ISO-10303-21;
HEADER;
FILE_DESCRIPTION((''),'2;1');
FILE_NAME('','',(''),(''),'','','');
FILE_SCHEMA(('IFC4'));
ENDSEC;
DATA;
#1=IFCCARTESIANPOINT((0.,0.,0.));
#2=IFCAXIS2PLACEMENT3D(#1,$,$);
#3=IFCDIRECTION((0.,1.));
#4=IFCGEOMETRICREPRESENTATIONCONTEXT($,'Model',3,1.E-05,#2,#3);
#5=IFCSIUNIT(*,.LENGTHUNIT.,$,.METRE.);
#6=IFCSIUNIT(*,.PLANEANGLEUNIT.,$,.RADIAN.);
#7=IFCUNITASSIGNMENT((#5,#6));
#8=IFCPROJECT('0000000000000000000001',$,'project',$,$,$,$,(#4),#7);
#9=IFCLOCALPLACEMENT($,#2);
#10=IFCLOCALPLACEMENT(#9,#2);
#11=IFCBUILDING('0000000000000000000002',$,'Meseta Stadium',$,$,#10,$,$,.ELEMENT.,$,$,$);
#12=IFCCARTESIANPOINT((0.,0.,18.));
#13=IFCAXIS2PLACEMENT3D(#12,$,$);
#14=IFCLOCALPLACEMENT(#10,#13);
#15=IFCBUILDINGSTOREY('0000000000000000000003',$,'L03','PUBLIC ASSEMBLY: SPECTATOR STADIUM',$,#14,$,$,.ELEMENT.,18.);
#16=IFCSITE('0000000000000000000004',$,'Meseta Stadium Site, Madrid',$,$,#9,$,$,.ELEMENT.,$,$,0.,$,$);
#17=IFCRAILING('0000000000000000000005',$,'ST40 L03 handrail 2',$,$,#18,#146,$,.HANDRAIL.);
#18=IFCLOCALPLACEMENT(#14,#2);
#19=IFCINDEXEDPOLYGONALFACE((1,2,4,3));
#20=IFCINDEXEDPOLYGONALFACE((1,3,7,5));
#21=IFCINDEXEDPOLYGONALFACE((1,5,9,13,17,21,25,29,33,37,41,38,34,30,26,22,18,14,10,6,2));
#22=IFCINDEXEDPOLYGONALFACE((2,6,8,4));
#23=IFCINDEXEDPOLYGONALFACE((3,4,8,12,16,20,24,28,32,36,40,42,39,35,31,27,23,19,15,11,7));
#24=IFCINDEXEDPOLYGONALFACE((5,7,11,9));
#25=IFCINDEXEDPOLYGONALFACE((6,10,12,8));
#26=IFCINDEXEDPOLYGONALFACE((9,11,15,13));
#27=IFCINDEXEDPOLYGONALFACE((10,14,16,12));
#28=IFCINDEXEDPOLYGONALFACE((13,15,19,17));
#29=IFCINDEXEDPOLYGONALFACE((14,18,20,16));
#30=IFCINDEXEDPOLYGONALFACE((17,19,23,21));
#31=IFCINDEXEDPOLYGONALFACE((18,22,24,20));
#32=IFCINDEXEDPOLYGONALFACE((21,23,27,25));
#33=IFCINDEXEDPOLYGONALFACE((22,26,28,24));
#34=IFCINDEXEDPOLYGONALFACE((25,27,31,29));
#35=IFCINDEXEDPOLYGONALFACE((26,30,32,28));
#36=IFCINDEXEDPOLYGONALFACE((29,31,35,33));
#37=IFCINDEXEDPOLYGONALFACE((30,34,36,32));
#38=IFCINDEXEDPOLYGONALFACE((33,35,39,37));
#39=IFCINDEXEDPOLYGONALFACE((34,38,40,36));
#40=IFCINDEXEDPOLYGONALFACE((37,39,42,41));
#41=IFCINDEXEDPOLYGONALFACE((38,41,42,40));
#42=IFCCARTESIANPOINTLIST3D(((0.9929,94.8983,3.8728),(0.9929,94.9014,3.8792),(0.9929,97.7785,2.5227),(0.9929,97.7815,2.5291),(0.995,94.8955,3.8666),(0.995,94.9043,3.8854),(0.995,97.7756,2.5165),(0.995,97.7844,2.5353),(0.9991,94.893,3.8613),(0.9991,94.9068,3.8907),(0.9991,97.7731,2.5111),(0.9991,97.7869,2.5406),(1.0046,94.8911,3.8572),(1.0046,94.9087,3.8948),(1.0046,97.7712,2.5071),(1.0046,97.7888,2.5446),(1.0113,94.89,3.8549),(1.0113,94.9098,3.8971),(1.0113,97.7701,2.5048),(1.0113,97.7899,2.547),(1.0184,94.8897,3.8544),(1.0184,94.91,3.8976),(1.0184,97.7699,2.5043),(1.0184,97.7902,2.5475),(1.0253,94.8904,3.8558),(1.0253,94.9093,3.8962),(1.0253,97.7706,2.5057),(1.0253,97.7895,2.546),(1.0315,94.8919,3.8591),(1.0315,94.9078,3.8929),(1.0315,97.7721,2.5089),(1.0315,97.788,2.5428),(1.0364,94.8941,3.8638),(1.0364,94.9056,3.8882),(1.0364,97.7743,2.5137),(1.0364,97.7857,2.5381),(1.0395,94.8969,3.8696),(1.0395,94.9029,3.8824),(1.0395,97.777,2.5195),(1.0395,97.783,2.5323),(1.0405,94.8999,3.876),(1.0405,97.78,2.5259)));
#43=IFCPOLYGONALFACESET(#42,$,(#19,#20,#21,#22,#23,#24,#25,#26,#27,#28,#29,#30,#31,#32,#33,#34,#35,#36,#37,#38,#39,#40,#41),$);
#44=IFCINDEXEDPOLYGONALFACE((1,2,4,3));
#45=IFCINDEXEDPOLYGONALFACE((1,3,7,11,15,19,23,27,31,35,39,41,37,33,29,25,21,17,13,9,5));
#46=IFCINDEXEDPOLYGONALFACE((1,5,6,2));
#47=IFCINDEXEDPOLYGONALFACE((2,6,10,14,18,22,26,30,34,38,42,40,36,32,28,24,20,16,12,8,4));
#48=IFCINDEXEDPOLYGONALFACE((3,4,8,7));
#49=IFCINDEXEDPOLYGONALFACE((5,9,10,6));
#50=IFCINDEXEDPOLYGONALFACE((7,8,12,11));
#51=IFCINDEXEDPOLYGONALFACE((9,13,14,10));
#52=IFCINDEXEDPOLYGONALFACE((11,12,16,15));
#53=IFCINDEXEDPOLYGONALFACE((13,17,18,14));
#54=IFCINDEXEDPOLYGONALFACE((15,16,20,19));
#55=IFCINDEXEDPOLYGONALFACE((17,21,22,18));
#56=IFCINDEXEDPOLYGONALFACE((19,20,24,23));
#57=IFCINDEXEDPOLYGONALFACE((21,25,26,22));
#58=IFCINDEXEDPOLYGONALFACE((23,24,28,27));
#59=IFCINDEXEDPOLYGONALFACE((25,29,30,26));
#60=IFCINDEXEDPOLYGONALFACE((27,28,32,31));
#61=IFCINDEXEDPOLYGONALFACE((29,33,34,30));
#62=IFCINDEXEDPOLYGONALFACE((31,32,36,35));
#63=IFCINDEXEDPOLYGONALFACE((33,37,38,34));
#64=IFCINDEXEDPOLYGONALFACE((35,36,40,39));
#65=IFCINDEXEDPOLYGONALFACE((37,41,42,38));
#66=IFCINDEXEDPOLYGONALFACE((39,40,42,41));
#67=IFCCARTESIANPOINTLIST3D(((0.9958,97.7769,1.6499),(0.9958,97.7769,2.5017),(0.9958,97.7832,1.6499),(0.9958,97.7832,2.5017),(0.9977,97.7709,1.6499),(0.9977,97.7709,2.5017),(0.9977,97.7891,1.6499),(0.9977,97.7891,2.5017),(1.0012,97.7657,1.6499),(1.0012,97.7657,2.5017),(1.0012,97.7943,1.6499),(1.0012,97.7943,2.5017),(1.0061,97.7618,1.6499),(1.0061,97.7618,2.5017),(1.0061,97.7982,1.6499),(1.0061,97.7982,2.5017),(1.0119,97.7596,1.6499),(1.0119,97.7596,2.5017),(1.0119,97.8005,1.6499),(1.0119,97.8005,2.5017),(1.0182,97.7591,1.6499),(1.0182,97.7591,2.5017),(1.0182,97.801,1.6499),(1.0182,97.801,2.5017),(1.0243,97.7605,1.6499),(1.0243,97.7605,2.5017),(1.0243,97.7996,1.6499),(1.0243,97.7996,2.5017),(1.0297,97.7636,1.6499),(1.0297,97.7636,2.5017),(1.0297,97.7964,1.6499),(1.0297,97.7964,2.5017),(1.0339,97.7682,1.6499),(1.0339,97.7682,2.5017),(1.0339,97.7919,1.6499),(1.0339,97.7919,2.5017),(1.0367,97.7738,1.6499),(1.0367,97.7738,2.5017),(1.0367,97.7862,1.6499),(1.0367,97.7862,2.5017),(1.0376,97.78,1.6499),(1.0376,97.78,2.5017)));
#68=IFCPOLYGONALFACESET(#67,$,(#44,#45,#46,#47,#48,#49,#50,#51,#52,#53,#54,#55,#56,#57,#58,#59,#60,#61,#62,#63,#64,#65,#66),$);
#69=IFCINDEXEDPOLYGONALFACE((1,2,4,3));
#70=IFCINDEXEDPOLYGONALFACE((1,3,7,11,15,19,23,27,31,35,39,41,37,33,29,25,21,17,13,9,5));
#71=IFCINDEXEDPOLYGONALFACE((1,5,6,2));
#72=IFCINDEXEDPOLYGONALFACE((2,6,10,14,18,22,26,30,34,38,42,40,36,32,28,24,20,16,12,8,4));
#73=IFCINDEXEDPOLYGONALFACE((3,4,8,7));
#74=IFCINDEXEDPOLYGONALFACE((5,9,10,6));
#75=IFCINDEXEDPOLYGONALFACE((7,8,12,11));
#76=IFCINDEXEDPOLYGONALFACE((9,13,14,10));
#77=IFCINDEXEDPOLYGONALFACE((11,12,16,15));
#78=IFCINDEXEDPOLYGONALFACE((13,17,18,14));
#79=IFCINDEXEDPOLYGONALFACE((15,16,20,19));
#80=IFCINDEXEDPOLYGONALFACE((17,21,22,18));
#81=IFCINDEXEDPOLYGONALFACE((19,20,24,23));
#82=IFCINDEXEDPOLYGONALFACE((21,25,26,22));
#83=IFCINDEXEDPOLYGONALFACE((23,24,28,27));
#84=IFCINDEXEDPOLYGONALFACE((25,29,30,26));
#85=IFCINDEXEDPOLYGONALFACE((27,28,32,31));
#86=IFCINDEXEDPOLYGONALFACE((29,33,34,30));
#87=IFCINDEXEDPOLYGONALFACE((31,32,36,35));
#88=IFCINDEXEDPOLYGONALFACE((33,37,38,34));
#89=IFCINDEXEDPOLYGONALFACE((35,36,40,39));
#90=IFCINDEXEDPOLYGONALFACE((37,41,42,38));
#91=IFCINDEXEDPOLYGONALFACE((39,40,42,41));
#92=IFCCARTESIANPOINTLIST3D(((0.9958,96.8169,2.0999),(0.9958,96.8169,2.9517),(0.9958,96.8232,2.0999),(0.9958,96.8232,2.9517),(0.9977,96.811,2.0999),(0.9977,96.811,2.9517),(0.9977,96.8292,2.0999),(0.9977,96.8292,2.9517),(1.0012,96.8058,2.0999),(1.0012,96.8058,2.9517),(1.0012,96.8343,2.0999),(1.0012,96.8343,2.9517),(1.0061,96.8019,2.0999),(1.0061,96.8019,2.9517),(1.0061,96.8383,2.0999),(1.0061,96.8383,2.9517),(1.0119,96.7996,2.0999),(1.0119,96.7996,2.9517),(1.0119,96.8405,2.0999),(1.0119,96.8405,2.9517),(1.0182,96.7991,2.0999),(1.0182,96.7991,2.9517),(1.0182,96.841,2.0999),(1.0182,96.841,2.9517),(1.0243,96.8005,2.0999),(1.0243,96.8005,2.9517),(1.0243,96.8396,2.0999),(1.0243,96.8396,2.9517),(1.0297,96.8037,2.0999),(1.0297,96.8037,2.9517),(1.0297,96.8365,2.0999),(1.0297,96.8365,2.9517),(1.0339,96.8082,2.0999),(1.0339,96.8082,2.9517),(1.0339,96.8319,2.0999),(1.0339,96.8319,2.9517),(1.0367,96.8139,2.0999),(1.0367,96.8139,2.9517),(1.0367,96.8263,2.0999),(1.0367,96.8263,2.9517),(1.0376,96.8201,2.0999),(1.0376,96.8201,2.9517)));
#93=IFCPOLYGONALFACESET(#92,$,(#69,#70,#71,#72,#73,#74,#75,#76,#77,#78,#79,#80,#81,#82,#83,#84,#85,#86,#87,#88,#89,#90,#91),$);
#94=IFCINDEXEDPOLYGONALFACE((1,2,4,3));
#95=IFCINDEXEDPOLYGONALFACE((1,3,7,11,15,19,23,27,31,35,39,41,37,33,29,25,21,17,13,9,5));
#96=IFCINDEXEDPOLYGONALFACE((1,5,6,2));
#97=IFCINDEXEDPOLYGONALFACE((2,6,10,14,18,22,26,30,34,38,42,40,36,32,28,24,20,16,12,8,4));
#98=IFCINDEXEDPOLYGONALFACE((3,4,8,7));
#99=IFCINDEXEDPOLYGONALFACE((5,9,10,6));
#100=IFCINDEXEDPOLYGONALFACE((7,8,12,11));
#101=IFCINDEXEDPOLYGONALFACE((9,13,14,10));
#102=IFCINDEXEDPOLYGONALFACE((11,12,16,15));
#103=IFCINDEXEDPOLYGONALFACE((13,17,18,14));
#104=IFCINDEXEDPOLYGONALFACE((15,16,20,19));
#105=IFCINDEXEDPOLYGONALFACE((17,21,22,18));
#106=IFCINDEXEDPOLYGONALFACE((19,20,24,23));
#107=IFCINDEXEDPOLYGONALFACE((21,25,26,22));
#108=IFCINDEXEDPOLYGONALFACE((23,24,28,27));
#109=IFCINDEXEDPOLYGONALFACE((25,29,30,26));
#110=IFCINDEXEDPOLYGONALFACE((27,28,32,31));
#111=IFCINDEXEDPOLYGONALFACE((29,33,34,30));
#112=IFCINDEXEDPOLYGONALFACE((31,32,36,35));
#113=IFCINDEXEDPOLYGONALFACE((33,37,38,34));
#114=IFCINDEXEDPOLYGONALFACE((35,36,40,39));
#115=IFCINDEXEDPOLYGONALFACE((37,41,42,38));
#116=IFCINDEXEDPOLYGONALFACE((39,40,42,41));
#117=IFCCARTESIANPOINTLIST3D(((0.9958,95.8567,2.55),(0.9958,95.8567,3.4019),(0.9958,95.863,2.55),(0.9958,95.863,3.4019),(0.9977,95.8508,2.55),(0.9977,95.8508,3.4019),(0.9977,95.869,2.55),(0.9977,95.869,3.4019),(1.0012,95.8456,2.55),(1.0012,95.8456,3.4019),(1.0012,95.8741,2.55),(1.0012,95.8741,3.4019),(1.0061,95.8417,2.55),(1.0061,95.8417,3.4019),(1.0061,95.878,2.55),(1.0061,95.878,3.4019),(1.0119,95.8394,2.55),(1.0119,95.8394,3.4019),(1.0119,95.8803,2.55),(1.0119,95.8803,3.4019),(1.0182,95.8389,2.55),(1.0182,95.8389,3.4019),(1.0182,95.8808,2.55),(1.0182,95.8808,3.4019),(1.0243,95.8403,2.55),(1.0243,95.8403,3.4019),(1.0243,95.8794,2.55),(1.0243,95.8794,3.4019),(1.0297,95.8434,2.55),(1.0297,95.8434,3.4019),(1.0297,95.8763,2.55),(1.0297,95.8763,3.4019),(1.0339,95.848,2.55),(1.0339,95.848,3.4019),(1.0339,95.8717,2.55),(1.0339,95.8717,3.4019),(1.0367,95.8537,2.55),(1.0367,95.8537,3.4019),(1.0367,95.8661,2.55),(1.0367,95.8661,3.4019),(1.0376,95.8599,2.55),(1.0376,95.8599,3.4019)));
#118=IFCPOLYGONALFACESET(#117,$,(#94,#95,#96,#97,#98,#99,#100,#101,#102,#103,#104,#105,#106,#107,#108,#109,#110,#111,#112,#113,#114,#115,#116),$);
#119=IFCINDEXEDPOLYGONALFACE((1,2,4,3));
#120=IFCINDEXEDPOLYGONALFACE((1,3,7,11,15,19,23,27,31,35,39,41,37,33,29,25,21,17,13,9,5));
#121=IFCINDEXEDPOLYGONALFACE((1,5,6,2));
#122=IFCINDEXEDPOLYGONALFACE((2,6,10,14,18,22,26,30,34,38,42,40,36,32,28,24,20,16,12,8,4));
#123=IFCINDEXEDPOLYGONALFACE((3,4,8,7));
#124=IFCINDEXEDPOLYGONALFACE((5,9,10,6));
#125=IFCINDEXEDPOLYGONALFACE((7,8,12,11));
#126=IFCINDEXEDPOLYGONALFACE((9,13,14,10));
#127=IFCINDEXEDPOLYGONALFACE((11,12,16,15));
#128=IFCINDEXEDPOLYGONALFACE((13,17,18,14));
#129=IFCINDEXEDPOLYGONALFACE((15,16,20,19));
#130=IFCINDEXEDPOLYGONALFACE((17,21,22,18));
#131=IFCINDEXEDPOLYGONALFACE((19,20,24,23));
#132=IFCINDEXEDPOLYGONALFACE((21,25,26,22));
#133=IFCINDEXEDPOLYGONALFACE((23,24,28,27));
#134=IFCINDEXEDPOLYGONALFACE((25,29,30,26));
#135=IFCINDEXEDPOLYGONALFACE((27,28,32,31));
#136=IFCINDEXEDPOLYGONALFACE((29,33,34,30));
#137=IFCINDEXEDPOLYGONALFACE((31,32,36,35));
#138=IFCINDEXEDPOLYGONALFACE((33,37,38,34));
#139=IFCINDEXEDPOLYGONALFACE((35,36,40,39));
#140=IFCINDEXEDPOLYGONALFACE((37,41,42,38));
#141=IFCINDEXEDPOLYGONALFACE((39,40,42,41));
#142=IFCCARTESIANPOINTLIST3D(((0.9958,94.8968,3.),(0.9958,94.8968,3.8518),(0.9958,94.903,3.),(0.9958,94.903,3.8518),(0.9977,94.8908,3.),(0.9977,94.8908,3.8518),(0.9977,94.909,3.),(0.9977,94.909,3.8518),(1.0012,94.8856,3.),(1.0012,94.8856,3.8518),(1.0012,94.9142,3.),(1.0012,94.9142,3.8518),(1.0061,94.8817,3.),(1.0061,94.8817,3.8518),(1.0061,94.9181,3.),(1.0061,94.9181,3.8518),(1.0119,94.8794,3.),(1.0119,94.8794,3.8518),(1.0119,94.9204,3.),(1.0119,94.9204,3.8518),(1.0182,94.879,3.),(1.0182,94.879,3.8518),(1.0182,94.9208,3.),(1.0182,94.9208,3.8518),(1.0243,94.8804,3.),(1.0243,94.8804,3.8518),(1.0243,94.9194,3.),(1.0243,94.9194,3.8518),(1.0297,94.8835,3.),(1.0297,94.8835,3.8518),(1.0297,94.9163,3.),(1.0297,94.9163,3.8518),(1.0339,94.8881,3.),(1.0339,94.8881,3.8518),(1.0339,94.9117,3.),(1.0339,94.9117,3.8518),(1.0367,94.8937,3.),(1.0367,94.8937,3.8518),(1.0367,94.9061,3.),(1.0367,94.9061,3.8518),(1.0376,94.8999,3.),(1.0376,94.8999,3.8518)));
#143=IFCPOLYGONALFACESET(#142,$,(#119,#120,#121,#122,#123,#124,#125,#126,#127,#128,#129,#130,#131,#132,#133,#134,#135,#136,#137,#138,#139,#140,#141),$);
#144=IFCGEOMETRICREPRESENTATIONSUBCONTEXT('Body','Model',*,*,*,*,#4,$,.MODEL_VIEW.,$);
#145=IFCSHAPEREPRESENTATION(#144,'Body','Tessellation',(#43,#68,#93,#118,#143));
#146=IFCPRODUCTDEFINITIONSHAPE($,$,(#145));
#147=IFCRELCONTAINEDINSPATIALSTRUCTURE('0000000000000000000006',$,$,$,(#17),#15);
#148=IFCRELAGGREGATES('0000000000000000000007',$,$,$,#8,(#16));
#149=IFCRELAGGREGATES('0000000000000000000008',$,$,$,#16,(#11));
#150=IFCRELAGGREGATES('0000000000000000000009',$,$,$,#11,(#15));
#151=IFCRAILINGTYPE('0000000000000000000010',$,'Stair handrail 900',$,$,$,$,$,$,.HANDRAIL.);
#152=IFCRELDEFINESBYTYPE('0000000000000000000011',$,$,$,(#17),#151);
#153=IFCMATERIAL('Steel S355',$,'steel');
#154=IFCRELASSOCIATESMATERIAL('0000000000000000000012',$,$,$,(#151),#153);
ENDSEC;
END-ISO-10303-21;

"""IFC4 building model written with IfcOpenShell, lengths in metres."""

from ifc_helpers import new_model, si_unit, direction, frame, origin, origin_2d, place, context, subcontext, project, spatial, circle, extrude, material, type_object, element, save


model = new_model("IFC4")

# Units and contexts
model_context = context("Model", 3, precision=1e-05, world=origin(), true_north=direction((0.0, 1.0)))
body_context = subcontext(model_context, "Body", "Model", "MODEL_VIEW")
ifc_project = project(units=[si_unit("LENGTHUNIT", "METRE"), si_unit("PLANEANGLEUNIT", "RADIAN")], contexts=[model_context])

# Site, building, storey
site_placement = place(None, origin())
site = spatial("IfcSite", under=ifc_project, at=site_placement, Name="Meseta Stadium Site, Madrid", CompositionType="ELEMENT", RefElevation=0.0)
building_placement = place(site_placement, origin())
building = spatial("IfcBuilding", under=site, at=building_placement, Name="Meseta Stadium", CompositionType="ELEMENT")
storey_placement = place(building_placement, frame((0.0, 0.0, 18.0)))
storey = spatial("IfcBuildingStorey", under=building, at=storey_placement, Name="L03", Description="PUBLIC ASSEMBLY: SPECTATOR STADIUM", CompositionType="ELEMENT", Elevation=18.0)

# Railing
ifc_material_1 = material(Name="Steel S355", Category="steel")
railing_type_1 = type_object("IfcRailingType", Name="Stair handrail 900", PredefinedType="HANDRAIL", material=ifc_material_1)
for number, where, name in (
    (1, (1.0166, 97.78, 1.6499), "ST40 L03 handrail 2"),
):
    element("IfcRailing", number, at=place(storey_placement, frame(where)), inside=storey, type_object=railing_type_1, Name=name, PredefinedType="HANDRAIL", context=body_context, shape_type="SweptSolid", body=[
        extrude(circle(Radius=0.0239, at=origin_2d()), frame((0.0, 0.0, 0.876), z_axis=(0.0, -0.905454, 0.424444), x_axis=(1.0, 0.0, 0.0)), (0.0, 0.0, 1.0), 3.1809),
        extrude(circle(Radius=0.021, at=origin_2d()), origin(), (0.0, 0.0, 1.0), 0.8518),
        extrude(circle(Radius=0.021, at=origin_2d()), frame((0.0, -0.96, 0.45)), (0.0, 0.0, 1.0), 0.8518),
        extrude(circle(Radius=0.021, at=origin_2d()), frame((0.0, -1.9202, 0.9001)), (0.0, 0.0, 1.0), 0.8518),
        extrude(circle(Radius=0.021, at=origin_2d()), frame((0.0, -2.8801, 1.3501)), (0.0, 0.0, 1.0), 0.8518),
    ])

save(model, "model.ifc")
